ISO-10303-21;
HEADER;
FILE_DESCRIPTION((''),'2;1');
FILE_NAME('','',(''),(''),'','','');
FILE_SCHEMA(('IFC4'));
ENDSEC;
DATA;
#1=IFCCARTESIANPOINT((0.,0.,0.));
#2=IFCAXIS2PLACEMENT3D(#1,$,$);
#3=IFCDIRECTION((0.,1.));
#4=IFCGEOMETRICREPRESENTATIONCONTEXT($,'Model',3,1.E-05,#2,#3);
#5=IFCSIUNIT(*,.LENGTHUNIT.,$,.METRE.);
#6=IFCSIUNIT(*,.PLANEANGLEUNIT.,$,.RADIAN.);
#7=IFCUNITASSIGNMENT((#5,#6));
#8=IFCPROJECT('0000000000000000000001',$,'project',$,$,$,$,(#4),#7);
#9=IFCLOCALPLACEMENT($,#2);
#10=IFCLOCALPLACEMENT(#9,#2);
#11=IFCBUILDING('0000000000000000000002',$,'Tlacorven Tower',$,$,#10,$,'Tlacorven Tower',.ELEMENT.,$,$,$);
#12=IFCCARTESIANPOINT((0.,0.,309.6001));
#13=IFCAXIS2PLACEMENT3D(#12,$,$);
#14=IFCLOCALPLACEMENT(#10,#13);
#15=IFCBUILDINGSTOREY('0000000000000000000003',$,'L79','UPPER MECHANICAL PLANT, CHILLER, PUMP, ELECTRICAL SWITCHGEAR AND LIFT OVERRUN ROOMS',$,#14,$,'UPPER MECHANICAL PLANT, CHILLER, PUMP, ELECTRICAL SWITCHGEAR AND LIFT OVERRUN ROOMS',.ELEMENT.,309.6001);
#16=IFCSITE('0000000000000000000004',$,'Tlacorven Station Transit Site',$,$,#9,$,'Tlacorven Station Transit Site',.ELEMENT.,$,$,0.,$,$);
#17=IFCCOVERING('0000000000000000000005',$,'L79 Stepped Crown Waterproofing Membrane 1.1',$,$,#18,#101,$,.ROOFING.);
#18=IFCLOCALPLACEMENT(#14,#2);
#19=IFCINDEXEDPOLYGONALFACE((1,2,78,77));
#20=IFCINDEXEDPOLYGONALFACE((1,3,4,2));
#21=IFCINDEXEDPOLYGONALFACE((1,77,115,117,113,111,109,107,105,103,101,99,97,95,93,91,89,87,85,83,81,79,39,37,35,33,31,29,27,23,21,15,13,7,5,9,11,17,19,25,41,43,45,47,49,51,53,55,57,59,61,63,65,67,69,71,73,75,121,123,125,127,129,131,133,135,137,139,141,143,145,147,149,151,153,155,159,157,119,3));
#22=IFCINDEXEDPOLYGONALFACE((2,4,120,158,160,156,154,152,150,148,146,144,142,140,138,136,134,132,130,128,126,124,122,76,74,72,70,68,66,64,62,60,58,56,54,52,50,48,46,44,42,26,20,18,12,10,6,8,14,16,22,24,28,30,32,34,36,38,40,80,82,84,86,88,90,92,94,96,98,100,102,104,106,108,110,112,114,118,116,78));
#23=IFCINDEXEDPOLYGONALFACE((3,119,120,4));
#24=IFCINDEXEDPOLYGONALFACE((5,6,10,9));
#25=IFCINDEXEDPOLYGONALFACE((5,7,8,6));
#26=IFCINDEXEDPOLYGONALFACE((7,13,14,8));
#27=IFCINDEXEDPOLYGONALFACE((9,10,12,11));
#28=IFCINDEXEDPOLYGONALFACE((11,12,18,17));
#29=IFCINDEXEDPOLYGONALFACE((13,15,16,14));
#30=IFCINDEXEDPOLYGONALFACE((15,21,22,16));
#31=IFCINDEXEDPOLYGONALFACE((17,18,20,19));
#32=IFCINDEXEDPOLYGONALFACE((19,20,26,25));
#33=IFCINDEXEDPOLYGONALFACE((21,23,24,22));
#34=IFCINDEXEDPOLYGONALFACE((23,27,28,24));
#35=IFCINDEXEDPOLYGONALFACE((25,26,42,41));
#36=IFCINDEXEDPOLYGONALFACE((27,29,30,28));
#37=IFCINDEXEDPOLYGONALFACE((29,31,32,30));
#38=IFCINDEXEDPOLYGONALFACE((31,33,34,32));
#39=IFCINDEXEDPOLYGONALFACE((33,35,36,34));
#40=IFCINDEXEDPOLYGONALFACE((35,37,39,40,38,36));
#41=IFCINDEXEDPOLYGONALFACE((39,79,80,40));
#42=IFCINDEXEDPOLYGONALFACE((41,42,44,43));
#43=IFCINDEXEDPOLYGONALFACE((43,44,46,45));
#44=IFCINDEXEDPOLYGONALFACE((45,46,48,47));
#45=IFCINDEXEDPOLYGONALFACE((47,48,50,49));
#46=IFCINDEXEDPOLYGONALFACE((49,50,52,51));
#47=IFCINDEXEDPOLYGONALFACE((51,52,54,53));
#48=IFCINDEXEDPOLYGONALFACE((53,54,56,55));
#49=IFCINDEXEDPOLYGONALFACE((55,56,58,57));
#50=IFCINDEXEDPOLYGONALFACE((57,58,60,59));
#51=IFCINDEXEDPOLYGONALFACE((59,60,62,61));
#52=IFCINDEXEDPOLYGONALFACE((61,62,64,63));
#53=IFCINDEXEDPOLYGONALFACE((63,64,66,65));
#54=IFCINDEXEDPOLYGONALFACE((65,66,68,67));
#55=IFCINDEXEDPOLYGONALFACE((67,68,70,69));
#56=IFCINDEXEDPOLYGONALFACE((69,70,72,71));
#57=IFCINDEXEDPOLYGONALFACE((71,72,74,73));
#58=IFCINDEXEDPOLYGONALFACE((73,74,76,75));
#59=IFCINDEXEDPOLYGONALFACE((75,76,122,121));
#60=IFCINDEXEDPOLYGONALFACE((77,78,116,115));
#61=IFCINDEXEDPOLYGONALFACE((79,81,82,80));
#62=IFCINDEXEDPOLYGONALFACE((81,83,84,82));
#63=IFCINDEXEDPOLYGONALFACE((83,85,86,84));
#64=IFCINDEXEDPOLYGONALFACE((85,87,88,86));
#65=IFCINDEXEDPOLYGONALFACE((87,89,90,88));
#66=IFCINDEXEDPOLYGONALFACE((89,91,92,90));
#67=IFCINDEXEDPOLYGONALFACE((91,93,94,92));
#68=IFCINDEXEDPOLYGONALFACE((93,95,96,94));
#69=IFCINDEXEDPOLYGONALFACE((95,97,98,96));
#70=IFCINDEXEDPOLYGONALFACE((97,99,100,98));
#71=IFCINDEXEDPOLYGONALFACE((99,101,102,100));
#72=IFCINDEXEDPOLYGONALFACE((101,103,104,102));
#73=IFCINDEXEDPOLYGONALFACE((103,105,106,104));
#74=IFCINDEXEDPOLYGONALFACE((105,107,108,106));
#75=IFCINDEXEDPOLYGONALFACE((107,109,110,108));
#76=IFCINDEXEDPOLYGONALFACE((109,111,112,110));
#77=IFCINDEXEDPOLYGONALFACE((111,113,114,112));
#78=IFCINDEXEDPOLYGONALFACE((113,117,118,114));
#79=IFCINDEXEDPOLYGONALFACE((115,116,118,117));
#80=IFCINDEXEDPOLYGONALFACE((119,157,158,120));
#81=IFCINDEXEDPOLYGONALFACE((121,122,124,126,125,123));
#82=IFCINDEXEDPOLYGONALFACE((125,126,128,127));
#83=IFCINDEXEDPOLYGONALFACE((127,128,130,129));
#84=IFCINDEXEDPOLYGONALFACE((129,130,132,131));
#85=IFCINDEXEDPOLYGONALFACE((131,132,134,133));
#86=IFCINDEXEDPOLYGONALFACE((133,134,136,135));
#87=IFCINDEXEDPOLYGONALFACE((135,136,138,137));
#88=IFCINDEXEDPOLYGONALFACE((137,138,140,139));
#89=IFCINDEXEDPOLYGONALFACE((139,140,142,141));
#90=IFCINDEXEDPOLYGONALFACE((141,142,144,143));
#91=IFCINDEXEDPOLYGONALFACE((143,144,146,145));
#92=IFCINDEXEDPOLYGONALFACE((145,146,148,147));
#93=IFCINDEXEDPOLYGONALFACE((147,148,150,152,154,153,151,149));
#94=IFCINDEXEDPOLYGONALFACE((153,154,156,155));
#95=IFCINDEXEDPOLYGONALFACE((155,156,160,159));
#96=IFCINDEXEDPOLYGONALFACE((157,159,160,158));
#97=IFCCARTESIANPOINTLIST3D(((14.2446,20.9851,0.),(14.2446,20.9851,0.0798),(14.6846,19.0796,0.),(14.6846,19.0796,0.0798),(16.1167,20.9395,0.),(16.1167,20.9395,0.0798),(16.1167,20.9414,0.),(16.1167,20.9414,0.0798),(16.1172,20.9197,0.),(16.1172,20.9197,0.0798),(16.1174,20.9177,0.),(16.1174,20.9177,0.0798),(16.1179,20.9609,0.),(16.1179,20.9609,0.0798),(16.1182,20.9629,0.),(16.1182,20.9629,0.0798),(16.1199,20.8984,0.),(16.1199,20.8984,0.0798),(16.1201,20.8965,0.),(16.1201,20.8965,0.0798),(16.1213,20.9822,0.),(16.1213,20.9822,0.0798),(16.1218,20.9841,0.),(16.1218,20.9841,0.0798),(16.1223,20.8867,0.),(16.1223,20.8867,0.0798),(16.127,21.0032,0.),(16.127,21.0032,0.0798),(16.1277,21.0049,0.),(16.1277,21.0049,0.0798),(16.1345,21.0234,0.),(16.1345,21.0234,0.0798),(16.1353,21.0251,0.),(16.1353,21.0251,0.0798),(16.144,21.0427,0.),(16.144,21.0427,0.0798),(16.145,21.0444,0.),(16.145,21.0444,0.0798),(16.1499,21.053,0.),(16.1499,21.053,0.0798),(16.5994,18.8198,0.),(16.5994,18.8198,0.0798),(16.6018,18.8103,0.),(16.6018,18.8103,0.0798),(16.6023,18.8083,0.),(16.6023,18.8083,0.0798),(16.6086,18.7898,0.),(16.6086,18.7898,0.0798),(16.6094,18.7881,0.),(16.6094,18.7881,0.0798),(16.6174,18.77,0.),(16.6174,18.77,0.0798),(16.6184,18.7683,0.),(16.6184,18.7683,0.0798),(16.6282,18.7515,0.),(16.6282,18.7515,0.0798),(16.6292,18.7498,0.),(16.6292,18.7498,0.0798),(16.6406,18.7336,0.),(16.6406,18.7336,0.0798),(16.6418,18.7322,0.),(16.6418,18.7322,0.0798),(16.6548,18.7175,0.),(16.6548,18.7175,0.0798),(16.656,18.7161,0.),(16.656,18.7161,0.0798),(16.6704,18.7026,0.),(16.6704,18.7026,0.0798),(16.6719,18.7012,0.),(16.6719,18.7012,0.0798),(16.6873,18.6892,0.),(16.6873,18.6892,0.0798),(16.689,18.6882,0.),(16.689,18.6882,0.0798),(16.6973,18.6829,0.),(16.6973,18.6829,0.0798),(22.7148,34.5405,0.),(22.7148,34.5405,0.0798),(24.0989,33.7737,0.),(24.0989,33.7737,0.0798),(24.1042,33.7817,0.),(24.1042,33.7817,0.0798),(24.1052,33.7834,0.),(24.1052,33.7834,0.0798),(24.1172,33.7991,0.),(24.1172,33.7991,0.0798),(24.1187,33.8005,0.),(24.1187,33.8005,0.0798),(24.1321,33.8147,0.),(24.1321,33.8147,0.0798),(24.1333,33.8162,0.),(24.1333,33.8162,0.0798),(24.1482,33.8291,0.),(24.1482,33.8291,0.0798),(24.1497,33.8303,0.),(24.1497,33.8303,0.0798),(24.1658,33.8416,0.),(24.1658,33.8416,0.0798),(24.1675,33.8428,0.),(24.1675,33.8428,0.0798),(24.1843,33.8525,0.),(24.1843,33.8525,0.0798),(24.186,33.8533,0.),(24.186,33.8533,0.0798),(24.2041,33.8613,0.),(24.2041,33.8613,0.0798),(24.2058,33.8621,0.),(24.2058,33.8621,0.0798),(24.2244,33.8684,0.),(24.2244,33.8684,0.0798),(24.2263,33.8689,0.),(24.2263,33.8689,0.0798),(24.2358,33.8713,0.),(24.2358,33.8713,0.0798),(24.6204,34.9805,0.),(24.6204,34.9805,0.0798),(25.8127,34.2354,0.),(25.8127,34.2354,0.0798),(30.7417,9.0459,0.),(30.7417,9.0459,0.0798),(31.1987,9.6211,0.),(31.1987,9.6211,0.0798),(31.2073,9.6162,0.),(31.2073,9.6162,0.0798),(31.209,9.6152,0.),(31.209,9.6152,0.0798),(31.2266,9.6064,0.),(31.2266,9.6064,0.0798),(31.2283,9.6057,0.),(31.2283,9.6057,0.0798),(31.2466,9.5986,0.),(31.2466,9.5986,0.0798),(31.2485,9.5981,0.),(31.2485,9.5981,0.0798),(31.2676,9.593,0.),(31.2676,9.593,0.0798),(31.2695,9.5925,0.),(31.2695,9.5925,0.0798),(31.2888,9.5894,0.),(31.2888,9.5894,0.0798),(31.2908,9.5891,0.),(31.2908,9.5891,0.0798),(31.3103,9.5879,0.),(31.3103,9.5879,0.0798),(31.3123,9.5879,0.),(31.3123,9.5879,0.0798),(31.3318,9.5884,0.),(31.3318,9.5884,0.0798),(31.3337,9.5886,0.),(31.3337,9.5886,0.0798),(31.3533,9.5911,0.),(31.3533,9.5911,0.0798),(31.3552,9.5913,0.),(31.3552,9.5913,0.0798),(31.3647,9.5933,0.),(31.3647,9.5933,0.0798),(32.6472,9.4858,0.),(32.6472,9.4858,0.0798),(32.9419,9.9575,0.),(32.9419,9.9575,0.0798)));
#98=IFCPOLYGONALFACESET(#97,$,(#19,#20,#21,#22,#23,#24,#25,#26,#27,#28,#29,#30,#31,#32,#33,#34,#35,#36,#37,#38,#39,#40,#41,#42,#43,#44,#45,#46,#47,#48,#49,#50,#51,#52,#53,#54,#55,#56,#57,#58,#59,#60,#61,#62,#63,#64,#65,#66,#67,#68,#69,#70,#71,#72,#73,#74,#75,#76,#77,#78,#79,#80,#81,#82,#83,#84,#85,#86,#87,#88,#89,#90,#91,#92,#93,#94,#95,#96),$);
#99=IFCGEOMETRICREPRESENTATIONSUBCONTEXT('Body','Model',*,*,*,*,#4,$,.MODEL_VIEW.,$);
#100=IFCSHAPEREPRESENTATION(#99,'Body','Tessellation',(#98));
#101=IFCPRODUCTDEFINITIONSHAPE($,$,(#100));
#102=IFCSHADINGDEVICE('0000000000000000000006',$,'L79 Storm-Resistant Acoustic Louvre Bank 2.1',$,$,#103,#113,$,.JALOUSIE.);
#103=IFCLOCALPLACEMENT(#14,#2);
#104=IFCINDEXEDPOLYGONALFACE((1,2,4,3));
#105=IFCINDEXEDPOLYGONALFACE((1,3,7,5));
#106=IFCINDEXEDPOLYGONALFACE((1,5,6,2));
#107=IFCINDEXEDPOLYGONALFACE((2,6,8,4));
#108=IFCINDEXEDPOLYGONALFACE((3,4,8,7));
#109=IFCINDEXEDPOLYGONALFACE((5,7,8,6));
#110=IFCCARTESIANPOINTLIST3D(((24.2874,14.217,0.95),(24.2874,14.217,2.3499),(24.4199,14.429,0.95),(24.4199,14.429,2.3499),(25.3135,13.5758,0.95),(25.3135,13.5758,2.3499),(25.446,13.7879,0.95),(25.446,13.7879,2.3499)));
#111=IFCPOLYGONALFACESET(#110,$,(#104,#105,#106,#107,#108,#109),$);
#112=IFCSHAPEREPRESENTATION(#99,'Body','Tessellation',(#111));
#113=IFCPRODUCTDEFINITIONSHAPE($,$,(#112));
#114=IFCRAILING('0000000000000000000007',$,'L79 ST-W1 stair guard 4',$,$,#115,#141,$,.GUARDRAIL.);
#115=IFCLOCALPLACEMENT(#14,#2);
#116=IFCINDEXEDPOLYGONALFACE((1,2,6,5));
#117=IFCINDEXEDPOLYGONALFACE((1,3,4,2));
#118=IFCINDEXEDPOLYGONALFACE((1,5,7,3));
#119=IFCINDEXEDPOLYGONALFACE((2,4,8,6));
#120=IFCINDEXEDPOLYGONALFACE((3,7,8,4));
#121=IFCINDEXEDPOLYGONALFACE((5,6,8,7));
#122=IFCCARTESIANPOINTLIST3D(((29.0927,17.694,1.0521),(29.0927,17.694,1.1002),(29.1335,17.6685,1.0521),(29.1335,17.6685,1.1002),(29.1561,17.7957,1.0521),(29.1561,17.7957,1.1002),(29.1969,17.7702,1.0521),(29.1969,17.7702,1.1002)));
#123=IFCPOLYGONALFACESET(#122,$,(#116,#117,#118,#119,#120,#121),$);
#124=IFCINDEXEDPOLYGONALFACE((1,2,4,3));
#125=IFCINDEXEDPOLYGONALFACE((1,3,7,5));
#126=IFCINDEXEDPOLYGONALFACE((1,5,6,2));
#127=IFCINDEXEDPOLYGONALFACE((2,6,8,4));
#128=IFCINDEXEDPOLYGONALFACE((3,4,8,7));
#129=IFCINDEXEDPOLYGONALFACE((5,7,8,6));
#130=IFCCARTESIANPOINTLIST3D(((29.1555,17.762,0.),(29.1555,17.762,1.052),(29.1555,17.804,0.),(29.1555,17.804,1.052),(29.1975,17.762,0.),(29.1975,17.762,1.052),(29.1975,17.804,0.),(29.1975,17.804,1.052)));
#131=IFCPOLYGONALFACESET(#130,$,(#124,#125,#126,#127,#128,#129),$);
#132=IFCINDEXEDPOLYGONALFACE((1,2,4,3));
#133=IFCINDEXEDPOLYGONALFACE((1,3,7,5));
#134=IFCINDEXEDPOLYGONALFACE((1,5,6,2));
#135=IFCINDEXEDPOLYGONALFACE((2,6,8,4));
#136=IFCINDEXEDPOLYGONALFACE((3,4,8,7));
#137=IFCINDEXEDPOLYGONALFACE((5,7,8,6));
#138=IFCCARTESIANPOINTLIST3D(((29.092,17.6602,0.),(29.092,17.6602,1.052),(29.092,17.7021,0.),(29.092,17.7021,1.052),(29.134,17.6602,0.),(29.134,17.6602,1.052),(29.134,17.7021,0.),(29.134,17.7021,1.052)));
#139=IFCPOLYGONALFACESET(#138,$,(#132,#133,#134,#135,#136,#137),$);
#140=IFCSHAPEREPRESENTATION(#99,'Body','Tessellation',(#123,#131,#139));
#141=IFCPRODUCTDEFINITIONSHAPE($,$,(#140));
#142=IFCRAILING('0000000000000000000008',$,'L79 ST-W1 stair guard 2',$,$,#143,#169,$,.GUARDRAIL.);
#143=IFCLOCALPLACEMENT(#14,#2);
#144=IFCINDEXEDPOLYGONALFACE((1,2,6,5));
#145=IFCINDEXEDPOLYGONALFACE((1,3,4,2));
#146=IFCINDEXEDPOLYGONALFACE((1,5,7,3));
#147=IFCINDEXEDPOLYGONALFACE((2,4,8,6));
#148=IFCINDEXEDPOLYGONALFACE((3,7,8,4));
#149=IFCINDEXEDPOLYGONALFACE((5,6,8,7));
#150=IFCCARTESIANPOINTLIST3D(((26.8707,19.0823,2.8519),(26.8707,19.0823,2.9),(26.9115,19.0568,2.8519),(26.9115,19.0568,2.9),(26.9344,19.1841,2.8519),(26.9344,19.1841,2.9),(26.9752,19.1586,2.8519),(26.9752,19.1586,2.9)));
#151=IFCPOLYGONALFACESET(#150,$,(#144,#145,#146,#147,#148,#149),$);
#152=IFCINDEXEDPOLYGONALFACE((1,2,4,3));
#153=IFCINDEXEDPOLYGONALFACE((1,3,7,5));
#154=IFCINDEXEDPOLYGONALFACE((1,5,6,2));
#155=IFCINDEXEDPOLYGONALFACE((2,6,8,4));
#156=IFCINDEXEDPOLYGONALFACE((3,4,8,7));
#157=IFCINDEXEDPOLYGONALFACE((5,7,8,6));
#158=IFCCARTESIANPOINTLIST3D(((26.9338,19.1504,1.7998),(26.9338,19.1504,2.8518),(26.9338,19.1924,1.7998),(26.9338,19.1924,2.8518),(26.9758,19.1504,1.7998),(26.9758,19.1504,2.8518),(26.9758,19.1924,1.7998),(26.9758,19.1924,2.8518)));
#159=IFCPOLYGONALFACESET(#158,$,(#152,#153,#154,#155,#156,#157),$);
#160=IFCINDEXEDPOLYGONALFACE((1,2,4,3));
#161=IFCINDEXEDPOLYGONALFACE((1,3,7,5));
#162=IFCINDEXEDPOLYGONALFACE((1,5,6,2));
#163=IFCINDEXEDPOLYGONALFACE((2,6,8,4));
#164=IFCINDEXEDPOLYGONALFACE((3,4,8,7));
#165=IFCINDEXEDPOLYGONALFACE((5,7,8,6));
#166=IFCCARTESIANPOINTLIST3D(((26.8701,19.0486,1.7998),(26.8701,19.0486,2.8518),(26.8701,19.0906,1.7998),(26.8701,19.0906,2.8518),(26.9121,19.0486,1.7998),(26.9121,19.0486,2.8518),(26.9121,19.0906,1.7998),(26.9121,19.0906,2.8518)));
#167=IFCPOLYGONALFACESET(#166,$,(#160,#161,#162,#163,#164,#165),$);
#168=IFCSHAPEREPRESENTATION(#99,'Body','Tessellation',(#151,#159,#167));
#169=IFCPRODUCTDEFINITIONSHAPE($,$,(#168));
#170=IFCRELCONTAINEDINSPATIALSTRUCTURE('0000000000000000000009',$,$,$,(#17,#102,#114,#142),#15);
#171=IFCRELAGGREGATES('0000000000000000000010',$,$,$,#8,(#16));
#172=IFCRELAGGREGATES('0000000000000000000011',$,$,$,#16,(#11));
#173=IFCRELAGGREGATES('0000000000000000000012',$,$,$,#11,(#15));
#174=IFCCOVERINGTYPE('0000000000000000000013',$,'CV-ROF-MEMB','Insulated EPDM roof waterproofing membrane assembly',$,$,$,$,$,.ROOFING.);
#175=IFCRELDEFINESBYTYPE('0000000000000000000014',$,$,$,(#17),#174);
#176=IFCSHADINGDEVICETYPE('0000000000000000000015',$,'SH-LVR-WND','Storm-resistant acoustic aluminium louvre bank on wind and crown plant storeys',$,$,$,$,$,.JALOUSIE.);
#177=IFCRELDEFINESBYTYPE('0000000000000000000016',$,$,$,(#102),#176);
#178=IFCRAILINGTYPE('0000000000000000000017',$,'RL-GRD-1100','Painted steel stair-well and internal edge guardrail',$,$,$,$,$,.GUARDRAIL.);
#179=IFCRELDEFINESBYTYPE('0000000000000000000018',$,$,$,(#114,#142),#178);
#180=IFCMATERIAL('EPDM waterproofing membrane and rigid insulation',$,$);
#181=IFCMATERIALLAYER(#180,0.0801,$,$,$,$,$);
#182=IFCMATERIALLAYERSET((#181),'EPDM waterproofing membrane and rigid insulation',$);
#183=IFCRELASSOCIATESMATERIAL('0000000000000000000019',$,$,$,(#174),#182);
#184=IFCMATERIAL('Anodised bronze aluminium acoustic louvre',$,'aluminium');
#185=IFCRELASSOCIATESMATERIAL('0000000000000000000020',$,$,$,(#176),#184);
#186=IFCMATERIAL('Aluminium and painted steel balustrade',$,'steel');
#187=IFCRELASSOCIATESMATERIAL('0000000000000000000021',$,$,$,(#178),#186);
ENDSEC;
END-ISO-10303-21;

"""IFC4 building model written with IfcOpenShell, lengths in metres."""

from ifc_helpers import new_model, si_unit, direction, frame, origin, origin_2d, place, context, subcontext, project, spatial, polyline, rectangle, outline, extrude, source, transform, mapped, material, layer, layer_set, type_object, element, save


model = new_model("IFC4")

# Units and contexts
model_context = context("Model", 3, precision=1e-05, world=origin(), true_north=direction((0.0, 1.0)))
body_context = subcontext(model_context, "Body", "Model", "MODEL_VIEW")
ifc_project = project(units=[si_unit("LENGTHUNIT", "METRE"), si_unit("PLANEANGLEUNIT", "RADIAN")], contexts=[model_context])

# Site, building, storey
site_placement = place(None, origin())
site = spatial("IfcSite", under=ifc_project, at=site_placement, Name="Tlacorven Station Transit Site", LongName="Tlacorven Station Transit Site", CompositionType="ELEMENT", RefElevation=0.0)
building_placement = place(site_placement, origin())
building = spatial("IfcBuilding", under=site, at=building_placement, Name="Tlacorven Tower", LongName="Tlacorven Tower", CompositionType="ELEMENT")
storey_placement = place(building_placement, frame((0.0, 0.0, 309.6001)))
storey = spatial("IfcBuildingStorey", under=building, at=storey_placement, Name="L79", Description="UPPER MECHANICAL PLANT, CHILLER, PUMP, ELECTRICAL SWITCHGEAR AND LIFT OVERRUN ROOMS", LongName="UPPER MECHANICAL PLANT, CHILLER, PUMP, ELECTRICAL SWITCHGEAR AND LIFT OVERRUN ROOMS", CompositionType="ELEMENT", Elevation=309.6001)

# Covering
ifc_material_1 = material(Name="EPDM waterproofing membrane and rigid insulation")
ifc_layer_1 = layer(ifc_material_1, 0.0801)
ifc_layer_set_1 = layer_set([ifc_layer_1], Name="EPDM waterproofing membrane and rigid insulation")
covering_type = type_object("IfcCoveringType", Name="CV-ROF-MEMB", Description="Insulated EPDM roof waterproofing membrane assembly", PredefinedType="ROOFING", material=ifc_layer_set_1)
covering_placement = place(storey_placement, origin())
element("IfcCovering", 1, at=covering_placement, inside=storey, type_object=covering_type, Name="L79 Stepped Crown Waterproofing Membrane 1.1", PredefinedType="ROOFING", context=body_context, shape_type="SweptSolid", body=[
    extrude(outline(polyline([(32.6472, 9.4858), (30.7417, 9.0459), (14.6846, 19.0796), (14.2446, 20.9851), (22.7148, 34.5405), (24.6204, 34.9805), (25.8127, 34.2354), (24.2358, 33.8713), (24.2263, 33.8689), (24.2244, 33.8684), (24.2058, 33.8621), (24.2041, 33.8613), (24.186, 33.8533), (24.1843, 33.8525), (24.1675, 33.8428), (24.1658, 33.8416), (24.1497, 33.8303), (24.1482, 33.8291), (24.1333, 33.8162), (24.1321, 33.8147), (24.1187, 33.8005), (24.1172, 33.7991), (24.1052, 33.7834), (24.1042, 33.7817), (24.0989, 33.7737), (16.1499, 21.053), (16.145, 21.0444), (16.144, 21.0427), (16.1353, 21.0251), (16.1345, 21.0234), (16.1277, 21.0049), (16.127, 21.0032), (16.1218, 20.9841), (16.1213, 20.9822), (16.1182, 20.9629), (16.1179, 20.9609), (16.1167, 20.9414), (16.1167, 20.9395), (16.1172, 20.9197), (16.1174, 20.9177), (16.1199, 20.8984), (16.1201, 20.8965), (16.1223, 20.8867), (16.5994, 18.8198), (16.6018, 18.8103), (16.6023, 18.8083), (16.6086, 18.7898), (16.6094, 18.7881), (16.6174, 18.77), (16.6184, 18.7683), (16.6282, 18.7515), (16.6292, 18.7498), (16.6406, 18.7336), (16.6418, 18.7322), (16.6548, 18.7175), (16.656, 18.7161), (16.6704, 18.7026), (16.6719, 18.7012), (16.6873, 18.6892), (16.689, 18.6882), (16.6973, 18.6829), (31.1987, 9.6211), (31.2073, 9.6162), (31.209, 9.6152), (31.2266, 9.6064), (31.2283, 9.6057), (31.2466, 9.5986), (31.2485, 9.5981), (31.2676, 9.593), (31.2695, 9.5925), (31.2888, 9.5894), (31.2908, 9.5891), (31.3103, 9.5879), (31.3123, 9.5879), (31.3318, 9.5884), (31.3337, 9.5886), (31.3533, 9.5911), (31.3552, 9.5913), (31.3647, 9.5933), (32.9419, 9.9575), (32.6472, 9.4858)])), origin(), (0.0, 0.0, 1.0), 0.0798),
])

# Shading device
ifc_material_2 = material(Name="Anodised bronze aluminium acoustic louvre", Category="aluminium")
shading_device_type = type_object("IfcShadingDeviceType", Name="SH-LVR-WND", Description="Storm-resistant acoustic aluminium louvre bank on wind and crown plant storeys", PredefinedType="JALOUSIE", material=ifc_material_2)
shared_shape_1 = source(origin(), body_context, "Body", "SweptSolid", [
    extrude(rectangle(XDim=1.21, YDim=0.25, at=origin_2d()), origin(), (0.0, 0.0, 1.0), 1.3999),
])
shading_device_placement = place(storey_placement, frame((24.8667, 14.0024, 0.95), z_axis=(0.0, 0.0, 1.0), x_axis=(-0.848048, 0.529919, 0.0)))
element("IfcShadingDevice", 2, at=shading_device_placement, inside=storey, type_object=shading_device_type, Name="L79 Storm-Resistant Acoustic Louvre Bank 2.1", PredefinedType="JALOUSIE", context=body_context, shape_type="MappedRepresentation", body=[
    mapped(shared_shape_1, transform((0.0, 0.0, 0.0), scale=1.0)),
])

# Railings
ifc_material_3 = material(Name="Aluminium and painted steel balustrade", Category="steel")
railing_type_1 = type_object("IfcRailingType", Name="RL-GRD-1100", Description="Painted steel stair-well and internal edge guardrail", PredefinedType="GUARDRAIL", material=ifc_material_3)
shared_shape_2 = source(origin(), body_context, "Body", "SweptSolid", [
    extrude(rectangle(XDim=0.0481, YDim=0.0481, at=origin_2d()), frame((0.0, 0.0, 1.0762), z_axis=(-0.529084, -0.848569, 0.0), x_axis=(0.848569, -0.529084, 0.0)), (0.0, 0.0, 1.0), 0.1199),
    extrude(rectangle(XDim=0.042, YDim=0.042, at=origin_2d()), origin(), (0.0, 0.0, 1.0), 1.052),
    extrude(rectangle(XDim=0.042, YDim=0.042, at=origin_2d()), frame((-0.0635, -0.1018, 0.0)), (0.0, 0.0, 1.0), 1.052),
])
railing_1_placement = place(storey_placement, frame((29.1765, 17.783, 0.0)))
element("IfcRailing", 3, at=railing_1_placement, inside=storey, type_object=railing_type_1, Name="L79 ST-W1 stair guard 4", PredefinedType="GUARDRAIL", context=body_context, shape_type="MappedRepresentation", body=[
    mapped(shared_shape_2, transform((0.0, 0.0, 0.0), scale=1.0)),
])
shared_shape_3 = source(origin(), body_context, "Body", "SweptSolid", [
    extrude(rectangle(XDim=0.0481, YDim=0.0481, at=origin_2d()), frame((0.0, 0.0, 1.0762), z_axis=(-0.530547, -0.847656, 0.0), x_axis=(0.847656, -0.530547, 0.0)), (0.0, 0.0, 1.0), 0.1201),
    extrude(rectangle(XDim=0.042, YDim=0.042, at=origin_2d()), origin(), (0.0, 0.0, 1.0), 1.052),
    extrude(rectangle(XDim=0.042, YDim=0.042, at=origin_2d()), frame((-0.0637, -0.1018, 0.0)), (0.0, 0.0, 1.0), 1.052),
])
railing_2_placement = place(storey_placement, frame((26.9548, 19.1714, 1.7998)))
element("IfcRailing", 4, at=railing_2_placement, inside=storey, type_object=railing_type_1, Name="L79 ST-W1 stair guard 2", PredefinedType="GUARDRAIL", context=body_context, shape_type="MappedRepresentation", body=[
    mapped(shared_shape_3, transform((0.0, 0.0, 0.0), scale=1.0)),
])

save(model, "model.ifc")
